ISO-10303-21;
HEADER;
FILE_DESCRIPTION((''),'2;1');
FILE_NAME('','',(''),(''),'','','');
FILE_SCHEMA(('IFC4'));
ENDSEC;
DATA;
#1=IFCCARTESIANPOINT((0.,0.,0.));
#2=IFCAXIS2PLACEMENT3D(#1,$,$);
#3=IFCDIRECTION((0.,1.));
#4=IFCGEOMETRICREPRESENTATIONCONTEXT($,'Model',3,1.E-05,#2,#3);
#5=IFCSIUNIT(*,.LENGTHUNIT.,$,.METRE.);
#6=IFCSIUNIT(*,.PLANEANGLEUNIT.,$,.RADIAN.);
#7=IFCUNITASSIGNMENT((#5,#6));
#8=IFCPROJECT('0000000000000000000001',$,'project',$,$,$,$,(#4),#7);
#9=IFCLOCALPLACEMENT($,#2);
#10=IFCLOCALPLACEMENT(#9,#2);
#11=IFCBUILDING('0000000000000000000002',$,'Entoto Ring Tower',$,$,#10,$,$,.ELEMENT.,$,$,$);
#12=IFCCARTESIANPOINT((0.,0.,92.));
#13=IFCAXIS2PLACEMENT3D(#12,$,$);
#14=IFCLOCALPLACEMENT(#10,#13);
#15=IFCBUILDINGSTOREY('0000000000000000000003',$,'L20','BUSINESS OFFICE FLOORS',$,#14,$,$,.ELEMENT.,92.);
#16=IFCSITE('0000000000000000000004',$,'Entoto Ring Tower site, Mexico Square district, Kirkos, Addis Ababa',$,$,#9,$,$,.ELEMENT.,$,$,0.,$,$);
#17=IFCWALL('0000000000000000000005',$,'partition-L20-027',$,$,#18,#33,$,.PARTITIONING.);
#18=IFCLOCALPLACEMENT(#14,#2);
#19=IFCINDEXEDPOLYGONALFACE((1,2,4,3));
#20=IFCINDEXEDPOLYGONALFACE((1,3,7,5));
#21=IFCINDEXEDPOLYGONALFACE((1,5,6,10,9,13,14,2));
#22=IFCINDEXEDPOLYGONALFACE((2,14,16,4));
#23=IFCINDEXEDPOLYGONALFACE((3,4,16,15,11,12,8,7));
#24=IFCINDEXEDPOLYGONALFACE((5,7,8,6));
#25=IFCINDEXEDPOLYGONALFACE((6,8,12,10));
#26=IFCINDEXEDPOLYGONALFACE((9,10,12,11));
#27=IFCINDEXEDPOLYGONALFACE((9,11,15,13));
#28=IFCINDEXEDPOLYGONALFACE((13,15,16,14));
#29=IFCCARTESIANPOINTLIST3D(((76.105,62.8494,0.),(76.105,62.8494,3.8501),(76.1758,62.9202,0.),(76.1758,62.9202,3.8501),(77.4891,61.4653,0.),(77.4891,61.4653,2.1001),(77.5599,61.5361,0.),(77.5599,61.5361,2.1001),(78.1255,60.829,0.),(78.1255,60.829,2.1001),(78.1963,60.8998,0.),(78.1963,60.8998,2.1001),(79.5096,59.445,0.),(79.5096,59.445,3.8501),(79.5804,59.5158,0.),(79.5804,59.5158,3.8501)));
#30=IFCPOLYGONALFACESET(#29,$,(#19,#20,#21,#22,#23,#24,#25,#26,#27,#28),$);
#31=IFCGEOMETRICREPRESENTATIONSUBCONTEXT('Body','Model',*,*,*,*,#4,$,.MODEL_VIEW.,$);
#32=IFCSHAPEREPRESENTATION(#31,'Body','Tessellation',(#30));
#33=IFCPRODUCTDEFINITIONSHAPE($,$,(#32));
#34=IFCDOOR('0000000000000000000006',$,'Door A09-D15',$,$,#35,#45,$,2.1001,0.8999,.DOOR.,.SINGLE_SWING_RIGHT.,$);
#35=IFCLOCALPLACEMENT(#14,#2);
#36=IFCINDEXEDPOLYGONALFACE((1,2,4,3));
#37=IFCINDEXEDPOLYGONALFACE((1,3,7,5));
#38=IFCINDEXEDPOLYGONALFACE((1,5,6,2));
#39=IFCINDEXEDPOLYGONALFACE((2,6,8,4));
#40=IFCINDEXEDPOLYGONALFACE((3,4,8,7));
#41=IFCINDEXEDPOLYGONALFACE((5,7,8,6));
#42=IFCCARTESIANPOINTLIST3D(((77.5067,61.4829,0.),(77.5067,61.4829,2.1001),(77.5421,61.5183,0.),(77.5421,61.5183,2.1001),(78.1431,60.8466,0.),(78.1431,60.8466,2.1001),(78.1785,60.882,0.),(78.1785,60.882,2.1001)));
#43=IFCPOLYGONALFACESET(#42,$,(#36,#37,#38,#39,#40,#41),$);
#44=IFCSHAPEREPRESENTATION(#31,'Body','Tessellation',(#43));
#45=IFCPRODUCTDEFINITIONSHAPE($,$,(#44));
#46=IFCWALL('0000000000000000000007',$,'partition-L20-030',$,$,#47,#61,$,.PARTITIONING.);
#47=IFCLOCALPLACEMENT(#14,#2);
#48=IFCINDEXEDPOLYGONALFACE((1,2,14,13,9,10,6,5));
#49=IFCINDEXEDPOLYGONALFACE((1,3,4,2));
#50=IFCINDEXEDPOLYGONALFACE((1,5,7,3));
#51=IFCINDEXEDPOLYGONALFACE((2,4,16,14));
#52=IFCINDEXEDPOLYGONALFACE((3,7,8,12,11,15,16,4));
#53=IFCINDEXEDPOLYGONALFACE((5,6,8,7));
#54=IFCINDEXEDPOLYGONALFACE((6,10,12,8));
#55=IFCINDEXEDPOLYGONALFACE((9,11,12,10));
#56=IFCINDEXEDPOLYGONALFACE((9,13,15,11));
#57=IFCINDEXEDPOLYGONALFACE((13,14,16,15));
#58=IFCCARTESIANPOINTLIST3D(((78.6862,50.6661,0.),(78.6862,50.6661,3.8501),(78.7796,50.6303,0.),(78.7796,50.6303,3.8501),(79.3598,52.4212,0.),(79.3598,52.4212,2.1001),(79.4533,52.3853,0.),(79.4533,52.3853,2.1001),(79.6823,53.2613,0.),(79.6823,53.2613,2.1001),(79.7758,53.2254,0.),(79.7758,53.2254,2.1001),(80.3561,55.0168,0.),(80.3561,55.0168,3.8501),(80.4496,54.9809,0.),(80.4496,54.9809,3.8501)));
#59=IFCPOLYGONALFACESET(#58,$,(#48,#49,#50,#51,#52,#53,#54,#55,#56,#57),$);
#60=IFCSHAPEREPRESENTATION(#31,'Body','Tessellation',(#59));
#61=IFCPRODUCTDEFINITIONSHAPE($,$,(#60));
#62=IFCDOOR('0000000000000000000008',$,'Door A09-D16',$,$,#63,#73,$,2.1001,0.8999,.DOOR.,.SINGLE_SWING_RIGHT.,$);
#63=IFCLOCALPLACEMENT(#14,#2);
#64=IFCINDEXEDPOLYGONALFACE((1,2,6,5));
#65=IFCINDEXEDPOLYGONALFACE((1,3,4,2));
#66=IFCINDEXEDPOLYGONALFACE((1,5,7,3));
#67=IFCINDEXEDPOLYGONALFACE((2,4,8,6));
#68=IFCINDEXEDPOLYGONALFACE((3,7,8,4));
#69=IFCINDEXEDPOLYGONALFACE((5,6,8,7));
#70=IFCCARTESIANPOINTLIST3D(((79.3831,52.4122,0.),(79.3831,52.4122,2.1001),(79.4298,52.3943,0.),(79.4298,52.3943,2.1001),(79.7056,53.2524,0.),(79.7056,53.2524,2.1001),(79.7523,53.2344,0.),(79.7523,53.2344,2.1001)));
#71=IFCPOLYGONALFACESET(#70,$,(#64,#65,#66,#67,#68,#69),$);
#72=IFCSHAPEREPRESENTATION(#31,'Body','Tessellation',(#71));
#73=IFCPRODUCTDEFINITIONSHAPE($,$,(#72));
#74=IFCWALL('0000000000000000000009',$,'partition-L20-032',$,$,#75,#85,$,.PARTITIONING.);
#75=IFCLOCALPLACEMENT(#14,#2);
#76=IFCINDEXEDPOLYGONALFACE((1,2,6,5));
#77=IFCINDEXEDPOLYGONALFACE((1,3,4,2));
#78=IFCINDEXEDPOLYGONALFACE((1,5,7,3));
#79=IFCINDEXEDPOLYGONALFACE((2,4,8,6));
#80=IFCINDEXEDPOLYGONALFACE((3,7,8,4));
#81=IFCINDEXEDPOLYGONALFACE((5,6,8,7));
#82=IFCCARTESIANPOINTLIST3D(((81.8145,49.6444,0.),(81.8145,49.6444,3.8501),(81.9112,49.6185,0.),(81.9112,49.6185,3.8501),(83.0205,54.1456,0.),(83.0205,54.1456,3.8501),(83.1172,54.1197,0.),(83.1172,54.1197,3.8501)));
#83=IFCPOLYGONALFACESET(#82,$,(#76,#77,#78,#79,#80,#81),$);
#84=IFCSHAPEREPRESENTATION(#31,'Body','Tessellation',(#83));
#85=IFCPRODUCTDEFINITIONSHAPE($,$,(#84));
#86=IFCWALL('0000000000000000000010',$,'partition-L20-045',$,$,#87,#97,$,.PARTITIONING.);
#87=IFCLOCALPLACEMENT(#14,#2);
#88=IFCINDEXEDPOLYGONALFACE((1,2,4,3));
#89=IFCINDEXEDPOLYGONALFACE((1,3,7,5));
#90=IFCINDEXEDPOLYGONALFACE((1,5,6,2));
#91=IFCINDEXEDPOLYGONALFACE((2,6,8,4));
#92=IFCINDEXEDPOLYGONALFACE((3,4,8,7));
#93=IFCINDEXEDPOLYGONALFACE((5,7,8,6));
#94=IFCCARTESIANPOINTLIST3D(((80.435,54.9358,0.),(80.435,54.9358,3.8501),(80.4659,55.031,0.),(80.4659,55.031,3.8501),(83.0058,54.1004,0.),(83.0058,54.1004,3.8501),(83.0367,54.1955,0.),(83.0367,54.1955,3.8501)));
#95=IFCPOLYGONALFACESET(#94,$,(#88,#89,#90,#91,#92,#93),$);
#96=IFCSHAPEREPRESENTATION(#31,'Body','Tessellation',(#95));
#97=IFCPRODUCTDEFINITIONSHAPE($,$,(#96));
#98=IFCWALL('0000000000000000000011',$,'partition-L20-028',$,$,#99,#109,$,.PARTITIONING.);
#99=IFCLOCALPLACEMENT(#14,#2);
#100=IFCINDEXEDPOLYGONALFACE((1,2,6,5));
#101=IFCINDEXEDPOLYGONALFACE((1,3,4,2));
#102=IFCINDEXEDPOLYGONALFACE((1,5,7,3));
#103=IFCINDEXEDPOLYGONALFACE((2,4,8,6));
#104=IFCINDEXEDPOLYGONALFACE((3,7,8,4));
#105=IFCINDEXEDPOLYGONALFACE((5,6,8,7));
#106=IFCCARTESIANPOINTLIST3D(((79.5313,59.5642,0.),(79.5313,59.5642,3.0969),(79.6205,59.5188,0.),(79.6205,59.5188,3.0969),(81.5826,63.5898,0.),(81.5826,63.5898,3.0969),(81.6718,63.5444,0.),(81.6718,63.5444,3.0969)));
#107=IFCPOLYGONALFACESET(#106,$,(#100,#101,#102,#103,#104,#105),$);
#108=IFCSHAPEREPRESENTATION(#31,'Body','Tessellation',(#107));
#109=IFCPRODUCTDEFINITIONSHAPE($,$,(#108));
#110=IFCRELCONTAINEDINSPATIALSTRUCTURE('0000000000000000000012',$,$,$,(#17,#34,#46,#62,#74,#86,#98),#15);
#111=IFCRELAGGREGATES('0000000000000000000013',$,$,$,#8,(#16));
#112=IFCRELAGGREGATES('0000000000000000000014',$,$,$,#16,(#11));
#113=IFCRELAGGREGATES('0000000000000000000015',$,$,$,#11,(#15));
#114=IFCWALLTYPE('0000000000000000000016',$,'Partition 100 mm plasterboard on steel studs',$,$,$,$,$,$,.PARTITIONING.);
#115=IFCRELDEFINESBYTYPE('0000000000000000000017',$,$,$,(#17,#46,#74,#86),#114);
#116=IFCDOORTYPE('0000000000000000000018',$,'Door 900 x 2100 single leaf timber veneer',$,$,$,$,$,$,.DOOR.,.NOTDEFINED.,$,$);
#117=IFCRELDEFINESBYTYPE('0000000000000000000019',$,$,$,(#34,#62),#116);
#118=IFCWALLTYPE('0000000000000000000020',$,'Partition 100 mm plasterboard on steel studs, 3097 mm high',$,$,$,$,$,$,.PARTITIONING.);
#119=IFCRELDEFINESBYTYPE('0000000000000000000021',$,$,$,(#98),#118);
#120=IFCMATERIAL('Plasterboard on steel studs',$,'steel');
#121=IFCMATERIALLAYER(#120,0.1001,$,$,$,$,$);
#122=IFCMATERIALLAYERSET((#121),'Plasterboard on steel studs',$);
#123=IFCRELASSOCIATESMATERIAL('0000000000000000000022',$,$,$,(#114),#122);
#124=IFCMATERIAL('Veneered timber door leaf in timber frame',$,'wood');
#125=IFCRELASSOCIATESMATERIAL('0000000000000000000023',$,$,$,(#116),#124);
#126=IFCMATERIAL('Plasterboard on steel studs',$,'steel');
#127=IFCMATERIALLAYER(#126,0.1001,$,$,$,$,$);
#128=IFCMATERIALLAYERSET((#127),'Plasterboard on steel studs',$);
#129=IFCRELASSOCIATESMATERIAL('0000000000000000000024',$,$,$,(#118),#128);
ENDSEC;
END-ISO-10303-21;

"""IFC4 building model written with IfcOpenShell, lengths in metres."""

from ifc_helpers import new_model, si_unit, direction, frame, frame_2d, origin, place, context, subcontext, project, spatial, rectangle, extrude, material, layer, layer_set, type_object, element, fill, save


model = new_model("IFC4")

# Units and contexts
model_context = context("Model", 3, precision=1e-05, world=origin(), true_north=direction((0.0, 1.0)))
body_context = subcontext(model_context, "Body", "Model", "MODEL_VIEW")
ifc_project = project(units=[si_unit("LENGTHUNIT", "METRE"), si_unit("PLANEANGLEUNIT", "RADIAN")], contexts=[model_context])

# Site, building, storey
site_placement = place(None, origin())
site = spatial("IfcSite", under=ifc_project, at=site_placement, Name="Entoto Ring Tower site, Mexico Square district, Kirkos, Addis Ababa", CompositionType="ELEMENT", RefElevation=0.0)
building_placement = place(site_placement, origin())
building = spatial("IfcBuilding", under=site, at=building_placement, Name="Entoto Ring Tower", CompositionType="ELEMENT")
storey_placement = place(building_placement, frame((0.0, 0.0, 92.0)))
storey = spatial("IfcBuildingStorey", under=building, at=storey_placement, Name="L20", Description="BUSINESS OFFICE FLOORS", CompositionType="ELEMENT", Elevation=92.0)

# Walls, openings, doors
ifc_material_1 = material(Name="Plasterboard on steel studs", Category="steel")
ifc_layer_1 = layer(ifc_material_1, 0.1001)
ifc_layer_set_1 = layer_set([ifc_layer_1], Name="Plasterboard on steel studs")
wall_type_1 = type_object("IfcWallType", Name="Partition 100 mm plasterboard on steel studs", PredefinedType="PARTITIONING", material=ifc_layer_set_1)
wall_1_placement = place(storey_placement, frame((79.5449, 59.4805, 0.0), z_axis=(0.0, 0.0, 1.0), x_axis=(-0.707132, 0.707081, 0.0)))
wall_1 = element("IfcWall", 1, at=wall_1_placement, inside=storey, type_object=wall_type_1, Name="partition-L20-027", PredefinedType="PARTITIONING", context=body_context, shape_type="SweptSolid", body=[
    extrude(rectangle(XDim=4.8147, YDim=0.1001, at=frame_2d((2.4072, 0.0))), origin(), (0.0, 0.0, 1.0), 3.8501),
])
opening_1_placement = place(wall_1_placement, frame((1.9573, 0.0, 0.0)))
opening_1 = element("IfcOpeningElement", 2, at=opening_1_placement, cuts=wall_1, PredefinedType="OPENING", context=body_context, shape_type="SweptSolid", body=[
    extrude(rectangle(XDim=0.8999, YDim=2.1001, at=frame_2d((0.45, 1.05))), frame((0.0, 0.0601, 0.0), z_axis=(0.0, -1.0, 0.0), x_axis=(1.0, 0.0, 0.0)), (0.0, 0.0, 1.0), 0.1201),
])
ifc_material_2 = material(Name="Veneered timber door leaf in timber frame", Category="wood")
door_type_1 = type_object("IfcDoorType", Name="Door 900 x 2100 single leaf timber veneer", OperationType="NOTDEFINED", PredefinedType="DOOR", material=ifc_material_2)
door_1_placement = place(opening_1_placement, frame((0.8999, 0.0, 0.0), z_axis=(0.0, 0.0, 1.0), x_axis=(-1.0, 0.0, 0.0)))
door_1 = element("IfcDoor", 3, at=door_1_placement, inside=storey, type_object=door_type_1, Name="Door A09-D15", OperationType="SINGLE_SWING_RIGHT", OverallHeight=2.1001, OverallWidth=0.8999, PredefinedType="DOOR", context=body_context, shape_type="SweptSolid", body=[
    extrude(rectangle(XDim=0.8999, YDim=2.1001, at=frame_2d((0.45, 1.05))), frame((0.0, 0.0249, 0.0), z_axis=(0.0, -1.0, 0.0), x_axis=(1.0, 0.0, 0.0)), (0.0, 0.0, 1.0), 0.05),
])
fill(opening_1, door_1)
wall_2_placement = place(storey_placement, frame((78.7329, 50.6482, 0.0), z_axis=(0.0, 0.0, 1.0), x_axis=(0.358347, 0.933588, 0.0)))
wall_2 = element("IfcWall", 4, at=wall_2_placement, inside=storey, type_object=wall_type_1, Name="partition-L20-030", PredefinedType="PARTITIONING", context=body_context, shape_type="SweptSolid", body=[
    extrude(rectangle(XDim=4.6602, YDim=0.1001, at=frame_2d((2.3301, 0.0))), origin(), (0.0, 0.0, 1.0), 3.8501),
])
opening_2_placement = place(wall_2_placement, frame((1.8799, 0.0, 0.0)))
opening_2 = element("IfcOpeningElement", 5, at=opening_2_placement, cuts=wall_2, PredefinedType="OPENING", context=body_context, shape_type="SweptSolid", body=[
    extrude(rectangle(XDim=0.8999, YDim=2.1001, at=frame_2d((0.45, 1.05))), frame((0.0, 0.0601, 0.0), z_axis=(0.0, -1.0, 0.0), x_axis=(1.0, 0.0, 0.0)), (0.0, 0.0, 1.0), 0.1201),
])
door_2_placement = place(opening_2_placement, frame((0.8999, 0.0, 0.0), z_axis=(0.0, 0.0, 1.0), x_axis=(-1.0, 0.0, 0.0)))
door_2 = element("IfcDoor", 6, at=door_2_placement, inside=storey, type_object=door_type_1, Name="Door A09-D16", OperationType="SINGLE_SWING_RIGHT", OverallHeight=2.1001, OverallWidth=0.8999, PredefinedType="DOOR", context=body_context, shape_type="SweptSolid", body=[
    extrude(rectangle(XDim=0.8999, YDim=2.1001, at=frame_2d((0.45, 1.05))), frame((0.0, 0.0249, 0.0), z_axis=(0.0, -1.0, 0.0), x_axis=(1.0, 0.0, 0.0)), (0.0, 0.0, 1.0), 0.05),
])
fill(opening_2, door_2)

# Walls
wall_3_placement = place(storey_placement, frame((81.8628, 49.6313, 0.0), z_axis=(0.0, 0.0, 1.0), x_axis=(0.25881, 0.965928, 0.0)))
element("IfcWall", 7, at=wall_3_placement, inside=storey, type_object=wall_type_1, Name="partition-L20-032", PredefinedType="PARTITIONING", context=body_context, shape_type="SweptSolid", body=[
    extrude(rectangle(XDim=4.6599, YDim=0.1001, at=frame_2d((2.3301, 0.0))), origin(), (0.0, 0.0, 1.0), 3.8501),
])
wall_4_placement = place(storey_placement, frame((83.0212, 54.1479, 0.0), z_axis=(0.0, 0.0, 1.0), x_axis=(-0.951041, 0.309066, 0.0)))
element("IfcWall", 8, at=wall_4_placement, inside=storey, type_object=wall_type_1, Name="partition-L20-045", PredefinedType="PARTITIONING", context=body_context, shape_type="SweptSolid", body=[
    extrude(rectangle(XDim=2.7031, YDim=0.1001, at=frame_2d((1.3516, 0.0))), origin(), (0.0, 0.0, 1.0), 3.8501),
])
ifc_material_3 = material(Name="Plasterboard on steel studs", Category="steel")
ifc_layer_2 = layer(ifc_material_3, 0.1001)
ifc_layer_set_2 = layer_set([ifc_layer_2], Name="Plasterboard on steel studs")
wall_type_2 = type_object("IfcWallType", Name="Partition 100 mm plasterboard on steel studs, 3097 mm high", PredefinedType="PARTITIONING", material=ifc_layer_set_2)
wall_5_placement = place(storey_placement, frame((79.5759, 59.5415, 0.0), z_axis=(0.0, 0.0, 1.0), x_axis=(0.454009, 0.890997, 0.0)))
element("IfcWall", 9, at=wall_5_placement, inside=storey, type_object=wall_type_2, Name="partition-L20-028", PredefinedType="PARTITIONING", context=body_context, shape_type="SweptSolid", body=[
    extrude(rectangle(XDim=4.5181, YDim=0.1001, at=frame_2d((2.259, 0.0))), origin(), (0.0, 0.0, 1.0), 3.0969),
])

save(model, "model.ifc")
